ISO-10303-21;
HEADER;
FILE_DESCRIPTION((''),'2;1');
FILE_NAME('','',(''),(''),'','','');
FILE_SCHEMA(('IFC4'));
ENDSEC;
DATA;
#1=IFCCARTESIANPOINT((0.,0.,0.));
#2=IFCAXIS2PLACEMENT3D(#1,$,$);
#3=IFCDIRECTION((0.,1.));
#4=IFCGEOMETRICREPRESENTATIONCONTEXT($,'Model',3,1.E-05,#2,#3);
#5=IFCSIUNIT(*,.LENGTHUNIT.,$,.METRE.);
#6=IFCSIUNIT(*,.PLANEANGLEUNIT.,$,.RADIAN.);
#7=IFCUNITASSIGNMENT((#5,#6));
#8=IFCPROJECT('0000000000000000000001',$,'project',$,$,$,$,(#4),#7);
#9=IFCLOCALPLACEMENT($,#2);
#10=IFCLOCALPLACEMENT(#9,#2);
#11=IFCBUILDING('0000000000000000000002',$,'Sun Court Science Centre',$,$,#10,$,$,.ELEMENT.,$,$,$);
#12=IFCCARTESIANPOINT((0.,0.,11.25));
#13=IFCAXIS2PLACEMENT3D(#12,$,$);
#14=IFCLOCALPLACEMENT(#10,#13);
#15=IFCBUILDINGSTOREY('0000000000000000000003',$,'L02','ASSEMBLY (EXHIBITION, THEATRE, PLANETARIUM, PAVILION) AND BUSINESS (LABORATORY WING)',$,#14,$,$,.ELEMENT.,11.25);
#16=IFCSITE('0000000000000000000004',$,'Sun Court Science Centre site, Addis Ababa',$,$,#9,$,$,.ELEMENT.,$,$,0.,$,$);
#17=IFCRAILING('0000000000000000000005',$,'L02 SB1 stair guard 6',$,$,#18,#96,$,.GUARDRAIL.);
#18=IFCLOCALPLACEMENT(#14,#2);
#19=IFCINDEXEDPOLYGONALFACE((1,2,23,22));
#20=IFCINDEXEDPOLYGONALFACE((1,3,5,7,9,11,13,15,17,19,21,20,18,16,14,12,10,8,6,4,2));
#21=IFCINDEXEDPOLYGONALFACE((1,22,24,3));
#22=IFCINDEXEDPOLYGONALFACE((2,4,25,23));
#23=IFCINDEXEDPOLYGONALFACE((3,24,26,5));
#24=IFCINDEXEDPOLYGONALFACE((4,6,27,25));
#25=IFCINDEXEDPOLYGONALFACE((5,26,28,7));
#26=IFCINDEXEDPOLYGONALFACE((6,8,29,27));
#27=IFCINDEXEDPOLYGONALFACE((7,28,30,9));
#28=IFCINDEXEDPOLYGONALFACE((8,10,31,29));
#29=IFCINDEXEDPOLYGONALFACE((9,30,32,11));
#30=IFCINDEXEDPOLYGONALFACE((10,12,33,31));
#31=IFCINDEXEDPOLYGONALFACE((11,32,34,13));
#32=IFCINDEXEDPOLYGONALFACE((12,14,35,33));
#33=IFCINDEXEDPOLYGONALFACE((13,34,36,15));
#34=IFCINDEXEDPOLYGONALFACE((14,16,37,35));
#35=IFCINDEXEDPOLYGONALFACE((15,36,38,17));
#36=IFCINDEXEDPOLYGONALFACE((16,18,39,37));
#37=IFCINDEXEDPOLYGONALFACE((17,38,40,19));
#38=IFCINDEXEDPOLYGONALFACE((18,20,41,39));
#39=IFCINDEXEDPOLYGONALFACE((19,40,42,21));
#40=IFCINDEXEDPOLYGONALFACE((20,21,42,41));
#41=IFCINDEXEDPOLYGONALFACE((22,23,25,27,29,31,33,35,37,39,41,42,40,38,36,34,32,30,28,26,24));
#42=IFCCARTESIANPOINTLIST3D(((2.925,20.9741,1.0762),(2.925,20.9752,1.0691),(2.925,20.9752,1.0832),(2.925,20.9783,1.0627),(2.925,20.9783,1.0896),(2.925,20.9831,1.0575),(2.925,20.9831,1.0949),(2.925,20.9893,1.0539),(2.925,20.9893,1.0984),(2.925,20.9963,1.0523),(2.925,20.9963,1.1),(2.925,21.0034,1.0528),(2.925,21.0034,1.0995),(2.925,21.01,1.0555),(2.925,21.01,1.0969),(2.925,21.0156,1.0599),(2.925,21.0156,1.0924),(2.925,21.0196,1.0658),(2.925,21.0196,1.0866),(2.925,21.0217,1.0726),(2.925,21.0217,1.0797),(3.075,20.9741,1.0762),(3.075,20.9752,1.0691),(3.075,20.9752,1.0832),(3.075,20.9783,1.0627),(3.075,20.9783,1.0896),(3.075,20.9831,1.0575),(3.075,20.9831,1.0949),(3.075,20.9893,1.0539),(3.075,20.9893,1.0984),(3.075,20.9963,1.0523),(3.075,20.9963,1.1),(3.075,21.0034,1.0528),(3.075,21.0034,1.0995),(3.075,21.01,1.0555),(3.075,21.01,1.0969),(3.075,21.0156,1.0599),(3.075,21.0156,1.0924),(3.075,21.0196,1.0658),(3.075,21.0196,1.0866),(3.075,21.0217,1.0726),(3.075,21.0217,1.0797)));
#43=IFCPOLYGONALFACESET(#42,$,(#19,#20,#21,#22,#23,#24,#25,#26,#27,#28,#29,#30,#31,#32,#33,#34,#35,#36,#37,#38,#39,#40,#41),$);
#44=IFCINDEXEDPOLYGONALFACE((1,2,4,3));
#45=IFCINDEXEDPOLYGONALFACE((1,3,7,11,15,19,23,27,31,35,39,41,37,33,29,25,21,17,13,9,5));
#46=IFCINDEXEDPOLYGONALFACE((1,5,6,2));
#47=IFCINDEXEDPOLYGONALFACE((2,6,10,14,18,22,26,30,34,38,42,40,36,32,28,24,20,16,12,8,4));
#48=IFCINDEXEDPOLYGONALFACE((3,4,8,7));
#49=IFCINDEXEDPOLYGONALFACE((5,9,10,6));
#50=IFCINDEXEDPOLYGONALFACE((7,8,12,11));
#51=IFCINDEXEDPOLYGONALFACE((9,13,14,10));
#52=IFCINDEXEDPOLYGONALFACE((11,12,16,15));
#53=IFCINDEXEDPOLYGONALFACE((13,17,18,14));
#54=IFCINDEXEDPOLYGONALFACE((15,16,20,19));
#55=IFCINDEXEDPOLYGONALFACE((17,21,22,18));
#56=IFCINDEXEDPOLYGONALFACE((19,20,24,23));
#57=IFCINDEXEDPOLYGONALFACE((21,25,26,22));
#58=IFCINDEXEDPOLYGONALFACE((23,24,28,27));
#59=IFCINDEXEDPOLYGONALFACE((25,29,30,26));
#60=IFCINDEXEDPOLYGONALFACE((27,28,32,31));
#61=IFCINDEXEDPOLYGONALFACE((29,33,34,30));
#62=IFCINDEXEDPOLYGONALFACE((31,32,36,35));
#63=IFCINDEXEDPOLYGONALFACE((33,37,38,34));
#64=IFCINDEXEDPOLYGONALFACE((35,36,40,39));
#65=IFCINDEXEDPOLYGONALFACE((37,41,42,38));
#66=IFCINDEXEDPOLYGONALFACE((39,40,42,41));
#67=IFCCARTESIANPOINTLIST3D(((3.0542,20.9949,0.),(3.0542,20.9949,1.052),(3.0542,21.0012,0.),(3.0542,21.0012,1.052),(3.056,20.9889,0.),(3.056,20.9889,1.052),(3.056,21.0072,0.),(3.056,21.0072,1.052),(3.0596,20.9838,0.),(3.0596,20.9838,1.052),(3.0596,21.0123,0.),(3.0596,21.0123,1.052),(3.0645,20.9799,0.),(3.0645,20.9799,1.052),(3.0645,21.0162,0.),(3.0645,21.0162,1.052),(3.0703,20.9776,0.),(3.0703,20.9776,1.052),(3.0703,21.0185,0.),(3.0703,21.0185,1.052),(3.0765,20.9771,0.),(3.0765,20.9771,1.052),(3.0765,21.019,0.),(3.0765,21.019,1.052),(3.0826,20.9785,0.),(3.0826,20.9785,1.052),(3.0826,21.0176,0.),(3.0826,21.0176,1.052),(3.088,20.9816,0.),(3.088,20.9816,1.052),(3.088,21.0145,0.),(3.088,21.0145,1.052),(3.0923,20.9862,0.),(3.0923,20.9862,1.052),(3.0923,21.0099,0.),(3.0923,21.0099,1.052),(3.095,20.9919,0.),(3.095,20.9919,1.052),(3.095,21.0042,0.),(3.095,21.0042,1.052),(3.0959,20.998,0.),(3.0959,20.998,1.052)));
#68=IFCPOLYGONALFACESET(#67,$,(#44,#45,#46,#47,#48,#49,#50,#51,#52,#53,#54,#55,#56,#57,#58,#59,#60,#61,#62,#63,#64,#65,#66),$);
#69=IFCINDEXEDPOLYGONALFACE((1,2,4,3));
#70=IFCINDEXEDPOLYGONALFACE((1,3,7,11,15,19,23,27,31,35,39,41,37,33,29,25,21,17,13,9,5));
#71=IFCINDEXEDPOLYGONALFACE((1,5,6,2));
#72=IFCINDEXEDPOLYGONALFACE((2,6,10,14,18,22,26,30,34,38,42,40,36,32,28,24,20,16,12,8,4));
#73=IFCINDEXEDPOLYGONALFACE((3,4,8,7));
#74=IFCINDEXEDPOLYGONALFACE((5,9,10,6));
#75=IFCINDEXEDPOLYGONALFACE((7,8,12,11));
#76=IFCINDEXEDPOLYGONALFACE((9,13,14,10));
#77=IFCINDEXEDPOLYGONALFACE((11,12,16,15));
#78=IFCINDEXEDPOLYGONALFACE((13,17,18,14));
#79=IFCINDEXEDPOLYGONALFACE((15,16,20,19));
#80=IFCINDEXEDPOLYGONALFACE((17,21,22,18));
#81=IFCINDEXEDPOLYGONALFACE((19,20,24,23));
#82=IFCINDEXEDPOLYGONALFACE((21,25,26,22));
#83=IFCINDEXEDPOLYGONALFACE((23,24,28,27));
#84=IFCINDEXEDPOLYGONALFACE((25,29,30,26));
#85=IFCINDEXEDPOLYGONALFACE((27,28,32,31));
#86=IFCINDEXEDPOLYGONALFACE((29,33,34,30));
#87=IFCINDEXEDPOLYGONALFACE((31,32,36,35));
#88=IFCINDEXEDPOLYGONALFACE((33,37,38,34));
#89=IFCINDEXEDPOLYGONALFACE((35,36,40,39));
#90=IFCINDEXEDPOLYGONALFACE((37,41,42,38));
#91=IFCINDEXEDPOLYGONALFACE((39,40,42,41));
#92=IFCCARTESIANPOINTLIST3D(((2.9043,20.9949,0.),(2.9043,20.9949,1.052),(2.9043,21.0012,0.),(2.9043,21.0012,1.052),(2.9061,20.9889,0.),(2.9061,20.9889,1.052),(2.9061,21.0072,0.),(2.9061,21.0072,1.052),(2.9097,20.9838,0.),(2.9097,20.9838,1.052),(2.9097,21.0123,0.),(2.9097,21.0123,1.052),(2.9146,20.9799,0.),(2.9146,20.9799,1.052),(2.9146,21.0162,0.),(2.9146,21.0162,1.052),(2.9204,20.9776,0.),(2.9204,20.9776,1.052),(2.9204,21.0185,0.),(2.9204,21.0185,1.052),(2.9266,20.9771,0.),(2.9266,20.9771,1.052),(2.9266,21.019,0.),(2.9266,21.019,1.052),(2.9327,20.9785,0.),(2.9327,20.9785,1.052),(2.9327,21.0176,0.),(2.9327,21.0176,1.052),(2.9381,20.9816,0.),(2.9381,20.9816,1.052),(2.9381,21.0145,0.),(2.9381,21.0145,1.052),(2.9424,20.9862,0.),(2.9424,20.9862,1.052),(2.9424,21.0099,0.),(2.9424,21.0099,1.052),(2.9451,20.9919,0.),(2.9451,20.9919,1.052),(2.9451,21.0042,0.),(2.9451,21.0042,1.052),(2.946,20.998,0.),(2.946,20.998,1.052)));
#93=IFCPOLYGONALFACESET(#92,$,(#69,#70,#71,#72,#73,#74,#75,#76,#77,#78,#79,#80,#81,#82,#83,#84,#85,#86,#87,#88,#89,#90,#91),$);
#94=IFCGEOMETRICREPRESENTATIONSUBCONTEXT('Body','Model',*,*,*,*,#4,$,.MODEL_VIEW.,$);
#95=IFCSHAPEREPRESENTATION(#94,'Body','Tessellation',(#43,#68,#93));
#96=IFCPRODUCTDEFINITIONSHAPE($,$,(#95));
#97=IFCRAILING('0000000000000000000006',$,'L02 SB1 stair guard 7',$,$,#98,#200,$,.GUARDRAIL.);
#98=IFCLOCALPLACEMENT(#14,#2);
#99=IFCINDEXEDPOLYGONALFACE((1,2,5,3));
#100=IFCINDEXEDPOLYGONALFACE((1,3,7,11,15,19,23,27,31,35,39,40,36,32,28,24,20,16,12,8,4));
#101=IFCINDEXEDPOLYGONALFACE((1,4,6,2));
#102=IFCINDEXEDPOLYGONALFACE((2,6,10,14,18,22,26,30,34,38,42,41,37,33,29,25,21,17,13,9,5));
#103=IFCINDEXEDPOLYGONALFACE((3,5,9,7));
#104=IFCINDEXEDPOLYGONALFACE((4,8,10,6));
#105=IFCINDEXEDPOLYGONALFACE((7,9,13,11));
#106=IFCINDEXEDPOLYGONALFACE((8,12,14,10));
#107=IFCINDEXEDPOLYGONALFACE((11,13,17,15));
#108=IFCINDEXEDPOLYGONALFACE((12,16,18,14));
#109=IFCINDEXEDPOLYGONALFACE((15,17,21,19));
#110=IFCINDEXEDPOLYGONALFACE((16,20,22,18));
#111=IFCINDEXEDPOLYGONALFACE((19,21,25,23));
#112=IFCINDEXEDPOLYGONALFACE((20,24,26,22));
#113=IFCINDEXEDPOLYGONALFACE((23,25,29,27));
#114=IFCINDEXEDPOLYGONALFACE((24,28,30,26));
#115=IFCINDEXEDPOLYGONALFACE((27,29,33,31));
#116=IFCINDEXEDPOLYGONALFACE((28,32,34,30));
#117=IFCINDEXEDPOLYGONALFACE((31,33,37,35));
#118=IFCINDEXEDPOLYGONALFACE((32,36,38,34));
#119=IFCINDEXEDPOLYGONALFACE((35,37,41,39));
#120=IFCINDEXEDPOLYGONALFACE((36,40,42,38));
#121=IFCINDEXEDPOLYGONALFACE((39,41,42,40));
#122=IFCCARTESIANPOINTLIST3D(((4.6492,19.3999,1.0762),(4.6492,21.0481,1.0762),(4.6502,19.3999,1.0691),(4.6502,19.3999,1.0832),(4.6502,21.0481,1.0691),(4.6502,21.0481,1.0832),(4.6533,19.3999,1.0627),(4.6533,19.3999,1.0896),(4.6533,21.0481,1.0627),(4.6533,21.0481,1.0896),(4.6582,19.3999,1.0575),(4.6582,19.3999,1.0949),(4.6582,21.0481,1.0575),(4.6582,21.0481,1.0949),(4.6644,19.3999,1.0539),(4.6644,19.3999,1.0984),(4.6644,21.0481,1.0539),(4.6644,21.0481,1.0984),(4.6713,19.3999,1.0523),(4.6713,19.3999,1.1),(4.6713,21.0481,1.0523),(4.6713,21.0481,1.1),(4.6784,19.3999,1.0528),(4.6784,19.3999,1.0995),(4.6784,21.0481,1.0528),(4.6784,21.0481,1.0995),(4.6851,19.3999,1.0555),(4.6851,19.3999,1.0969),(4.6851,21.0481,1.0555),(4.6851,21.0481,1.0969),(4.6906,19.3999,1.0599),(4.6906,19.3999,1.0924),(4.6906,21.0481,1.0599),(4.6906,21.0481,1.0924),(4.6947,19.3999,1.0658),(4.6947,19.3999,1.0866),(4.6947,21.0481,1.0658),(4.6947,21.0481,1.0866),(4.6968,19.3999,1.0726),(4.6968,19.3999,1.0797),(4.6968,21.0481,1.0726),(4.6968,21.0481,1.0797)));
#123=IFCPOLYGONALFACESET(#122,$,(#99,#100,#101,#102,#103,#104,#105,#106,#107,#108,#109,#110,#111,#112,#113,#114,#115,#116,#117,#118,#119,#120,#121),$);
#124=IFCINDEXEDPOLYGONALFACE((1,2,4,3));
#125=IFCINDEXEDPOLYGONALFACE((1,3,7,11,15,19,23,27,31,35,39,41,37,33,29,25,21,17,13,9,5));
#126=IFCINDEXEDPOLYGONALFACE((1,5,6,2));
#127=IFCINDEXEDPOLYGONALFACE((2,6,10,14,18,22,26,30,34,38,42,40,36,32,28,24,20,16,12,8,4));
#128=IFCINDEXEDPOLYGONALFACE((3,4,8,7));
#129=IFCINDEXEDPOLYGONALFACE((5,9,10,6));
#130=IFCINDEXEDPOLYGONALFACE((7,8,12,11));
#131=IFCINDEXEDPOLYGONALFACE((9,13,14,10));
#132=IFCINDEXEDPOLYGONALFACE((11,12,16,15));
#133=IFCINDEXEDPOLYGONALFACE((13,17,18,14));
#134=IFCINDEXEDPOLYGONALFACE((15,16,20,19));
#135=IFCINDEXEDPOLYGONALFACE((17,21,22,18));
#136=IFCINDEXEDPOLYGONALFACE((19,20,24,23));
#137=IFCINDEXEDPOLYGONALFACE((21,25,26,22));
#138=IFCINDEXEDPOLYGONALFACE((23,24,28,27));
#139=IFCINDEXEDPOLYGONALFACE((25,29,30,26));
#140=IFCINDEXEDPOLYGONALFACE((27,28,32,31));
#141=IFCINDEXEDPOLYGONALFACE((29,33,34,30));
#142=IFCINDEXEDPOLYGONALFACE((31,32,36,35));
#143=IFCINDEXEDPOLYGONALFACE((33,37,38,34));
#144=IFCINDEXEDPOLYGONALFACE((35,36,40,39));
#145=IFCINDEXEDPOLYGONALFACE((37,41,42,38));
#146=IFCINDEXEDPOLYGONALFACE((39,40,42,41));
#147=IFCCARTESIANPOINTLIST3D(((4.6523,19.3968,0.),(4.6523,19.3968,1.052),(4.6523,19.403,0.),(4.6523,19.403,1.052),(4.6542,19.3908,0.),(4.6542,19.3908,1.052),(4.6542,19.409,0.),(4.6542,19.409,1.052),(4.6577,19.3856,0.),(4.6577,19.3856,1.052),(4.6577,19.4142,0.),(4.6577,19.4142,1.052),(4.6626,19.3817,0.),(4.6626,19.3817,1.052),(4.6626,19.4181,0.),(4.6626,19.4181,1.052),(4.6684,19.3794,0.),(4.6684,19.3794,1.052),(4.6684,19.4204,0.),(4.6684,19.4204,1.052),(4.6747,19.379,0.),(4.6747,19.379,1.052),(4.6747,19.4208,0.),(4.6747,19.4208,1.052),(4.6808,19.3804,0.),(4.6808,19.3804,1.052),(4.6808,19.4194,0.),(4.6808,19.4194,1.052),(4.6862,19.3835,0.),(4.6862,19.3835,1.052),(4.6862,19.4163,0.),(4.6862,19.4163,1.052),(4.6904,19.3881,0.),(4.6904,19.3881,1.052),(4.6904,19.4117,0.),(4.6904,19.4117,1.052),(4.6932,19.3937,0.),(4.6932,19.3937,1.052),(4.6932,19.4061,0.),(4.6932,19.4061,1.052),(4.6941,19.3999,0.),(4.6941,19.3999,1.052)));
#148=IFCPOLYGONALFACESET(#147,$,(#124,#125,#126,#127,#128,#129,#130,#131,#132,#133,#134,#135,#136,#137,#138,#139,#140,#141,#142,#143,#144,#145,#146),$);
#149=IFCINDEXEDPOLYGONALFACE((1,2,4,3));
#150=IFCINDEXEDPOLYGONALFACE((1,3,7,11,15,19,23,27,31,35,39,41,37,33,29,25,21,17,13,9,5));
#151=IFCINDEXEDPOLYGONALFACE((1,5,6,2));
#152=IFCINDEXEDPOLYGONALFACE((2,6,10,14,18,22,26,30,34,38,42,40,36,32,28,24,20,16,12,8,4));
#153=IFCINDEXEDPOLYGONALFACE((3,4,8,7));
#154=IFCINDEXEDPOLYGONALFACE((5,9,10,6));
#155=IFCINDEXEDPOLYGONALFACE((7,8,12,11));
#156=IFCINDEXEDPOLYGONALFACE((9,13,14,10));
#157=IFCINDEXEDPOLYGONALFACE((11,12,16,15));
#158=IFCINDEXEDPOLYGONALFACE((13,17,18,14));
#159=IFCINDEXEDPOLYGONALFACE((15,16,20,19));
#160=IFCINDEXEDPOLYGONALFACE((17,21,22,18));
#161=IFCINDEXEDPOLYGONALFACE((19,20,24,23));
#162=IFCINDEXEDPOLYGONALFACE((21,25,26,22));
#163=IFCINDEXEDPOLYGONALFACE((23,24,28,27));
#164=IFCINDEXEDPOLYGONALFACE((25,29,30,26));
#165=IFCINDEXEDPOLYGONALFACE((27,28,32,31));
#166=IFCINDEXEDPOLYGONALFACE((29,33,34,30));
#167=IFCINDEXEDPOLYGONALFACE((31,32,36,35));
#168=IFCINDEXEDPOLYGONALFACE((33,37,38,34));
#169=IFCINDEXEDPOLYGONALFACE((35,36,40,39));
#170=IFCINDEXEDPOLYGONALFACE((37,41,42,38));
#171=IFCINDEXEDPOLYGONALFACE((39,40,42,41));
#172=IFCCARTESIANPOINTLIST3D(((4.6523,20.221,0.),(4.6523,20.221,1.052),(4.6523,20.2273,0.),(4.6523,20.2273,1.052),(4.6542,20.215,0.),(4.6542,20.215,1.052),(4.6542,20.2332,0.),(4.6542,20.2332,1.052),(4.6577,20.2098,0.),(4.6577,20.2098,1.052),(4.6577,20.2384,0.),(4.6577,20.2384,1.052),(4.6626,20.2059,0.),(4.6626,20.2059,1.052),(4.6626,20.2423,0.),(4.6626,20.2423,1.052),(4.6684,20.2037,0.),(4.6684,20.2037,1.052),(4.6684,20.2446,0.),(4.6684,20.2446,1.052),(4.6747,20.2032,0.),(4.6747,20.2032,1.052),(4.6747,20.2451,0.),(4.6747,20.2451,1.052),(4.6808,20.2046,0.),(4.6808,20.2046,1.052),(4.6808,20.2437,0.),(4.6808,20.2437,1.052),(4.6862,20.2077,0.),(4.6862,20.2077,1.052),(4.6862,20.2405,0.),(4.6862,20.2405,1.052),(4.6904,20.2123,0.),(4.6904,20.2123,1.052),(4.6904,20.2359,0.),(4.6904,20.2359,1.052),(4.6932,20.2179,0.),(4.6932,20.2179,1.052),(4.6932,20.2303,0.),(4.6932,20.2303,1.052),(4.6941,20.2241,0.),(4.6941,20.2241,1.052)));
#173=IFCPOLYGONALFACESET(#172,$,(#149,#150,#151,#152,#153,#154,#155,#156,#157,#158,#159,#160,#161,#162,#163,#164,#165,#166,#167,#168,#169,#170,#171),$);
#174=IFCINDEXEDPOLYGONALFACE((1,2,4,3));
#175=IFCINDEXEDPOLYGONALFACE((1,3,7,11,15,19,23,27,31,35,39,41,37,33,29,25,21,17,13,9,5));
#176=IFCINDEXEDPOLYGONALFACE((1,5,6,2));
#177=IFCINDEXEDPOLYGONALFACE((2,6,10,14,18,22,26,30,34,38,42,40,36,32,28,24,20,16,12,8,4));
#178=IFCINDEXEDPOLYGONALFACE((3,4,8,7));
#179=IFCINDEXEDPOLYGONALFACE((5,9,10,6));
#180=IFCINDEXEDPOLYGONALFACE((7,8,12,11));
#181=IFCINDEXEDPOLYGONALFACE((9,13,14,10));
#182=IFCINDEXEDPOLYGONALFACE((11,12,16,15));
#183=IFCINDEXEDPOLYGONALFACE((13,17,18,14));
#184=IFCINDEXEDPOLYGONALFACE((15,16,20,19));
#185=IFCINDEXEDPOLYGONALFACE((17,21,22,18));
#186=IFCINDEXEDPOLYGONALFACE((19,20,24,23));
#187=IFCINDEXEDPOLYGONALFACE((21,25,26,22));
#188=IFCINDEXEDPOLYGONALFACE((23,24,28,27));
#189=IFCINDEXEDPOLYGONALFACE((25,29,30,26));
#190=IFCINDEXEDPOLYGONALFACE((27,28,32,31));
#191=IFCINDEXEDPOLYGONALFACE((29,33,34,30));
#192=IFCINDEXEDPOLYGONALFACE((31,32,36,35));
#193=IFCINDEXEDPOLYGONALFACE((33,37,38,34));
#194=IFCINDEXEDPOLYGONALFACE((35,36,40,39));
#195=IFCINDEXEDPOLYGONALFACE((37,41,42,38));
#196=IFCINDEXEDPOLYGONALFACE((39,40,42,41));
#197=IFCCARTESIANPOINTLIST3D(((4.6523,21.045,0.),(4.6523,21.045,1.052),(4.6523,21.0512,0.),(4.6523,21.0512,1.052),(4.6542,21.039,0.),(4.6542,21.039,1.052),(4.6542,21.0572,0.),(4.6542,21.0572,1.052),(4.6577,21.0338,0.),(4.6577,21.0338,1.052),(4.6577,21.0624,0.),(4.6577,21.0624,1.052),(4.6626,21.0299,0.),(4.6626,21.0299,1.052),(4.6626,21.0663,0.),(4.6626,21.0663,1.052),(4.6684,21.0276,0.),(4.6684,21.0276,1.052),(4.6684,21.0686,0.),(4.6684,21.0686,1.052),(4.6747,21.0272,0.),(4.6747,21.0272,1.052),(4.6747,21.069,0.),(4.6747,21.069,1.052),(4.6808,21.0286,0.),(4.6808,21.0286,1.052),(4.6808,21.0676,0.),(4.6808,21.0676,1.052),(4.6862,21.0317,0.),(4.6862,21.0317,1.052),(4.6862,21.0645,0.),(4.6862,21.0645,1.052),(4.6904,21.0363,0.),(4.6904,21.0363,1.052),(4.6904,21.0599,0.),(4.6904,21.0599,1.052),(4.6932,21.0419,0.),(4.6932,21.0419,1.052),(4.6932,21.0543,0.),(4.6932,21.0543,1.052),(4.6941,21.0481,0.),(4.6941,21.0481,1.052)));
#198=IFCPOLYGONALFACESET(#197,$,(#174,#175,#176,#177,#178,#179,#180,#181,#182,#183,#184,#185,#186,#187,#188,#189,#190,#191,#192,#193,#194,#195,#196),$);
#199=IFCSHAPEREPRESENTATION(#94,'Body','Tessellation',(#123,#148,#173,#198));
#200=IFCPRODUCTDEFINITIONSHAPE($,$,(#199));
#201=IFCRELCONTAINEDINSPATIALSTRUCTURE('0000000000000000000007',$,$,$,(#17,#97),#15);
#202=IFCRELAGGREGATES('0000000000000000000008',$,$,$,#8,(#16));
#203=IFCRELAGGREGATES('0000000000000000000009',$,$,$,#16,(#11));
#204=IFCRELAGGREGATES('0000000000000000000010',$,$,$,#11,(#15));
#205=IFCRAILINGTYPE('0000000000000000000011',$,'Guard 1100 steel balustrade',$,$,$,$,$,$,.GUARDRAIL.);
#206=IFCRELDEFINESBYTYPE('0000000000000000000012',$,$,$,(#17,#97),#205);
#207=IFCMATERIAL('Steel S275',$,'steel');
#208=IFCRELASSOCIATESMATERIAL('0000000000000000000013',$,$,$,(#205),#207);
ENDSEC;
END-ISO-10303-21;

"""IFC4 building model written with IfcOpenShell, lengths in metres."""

from ifc_helpers import new_model, si_unit, direction, frame, origin, origin_2d, place, context, subcontext, project, spatial, circle, extrude, material, type_object, element, save


model = new_model("IFC4")

# Units and contexts
model_context = context("Model", 3, precision=1e-05, world=origin(), true_north=direction((0.0, 1.0)))
body_context = subcontext(model_context, "Body", "Model", "MODEL_VIEW")
ifc_project = project(units=[si_unit("LENGTHUNIT", "METRE"), si_unit("PLANEANGLEUNIT", "RADIAN")], contexts=[model_context])

# Site, building, storey
site_placement = place(None, origin())
site = spatial("IfcSite", under=ifc_project, at=site_placement, Name="Sun Court Science Centre site, Addis Ababa", CompositionType="ELEMENT", RefElevation=0.0)
building_placement = place(site_placement, origin())
building = spatial("IfcBuilding", under=site, at=building_placement, Name="Sun Court Science Centre", CompositionType="ELEMENT")
storey_placement = place(building_placement, frame((0.0, 0.0, 11.25)))
storey = spatial("IfcBuildingStorey", under=building, at=storey_placement, Name="L02", Description="ASSEMBLY (EXHIBITION, THEATRE, PLANETARIUM, PAVILION) AND BUSINESS (LABORATORY WING)", CompositionType="ELEMENT", Elevation=11.25)

# Railings
ifc_material_1 = material(Name="Steel S275", Category="steel")
railing_type_1 = type_object("IfcRailingType", Name="Guard 1100 steel balustrade", PredefinedType="GUARDRAIL", material=ifc_material_1)
railing_1_placement = place(storey_placement, frame((3.075, 20.998, 0.0)))
element("IfcRailing", 1, at=railing_1_placement, inside=storey, type_object=railing_type_1, Name="L02 SB1 stair guard 6", PredefinedType="GUARDRAIL", context=body_context, shape_type="SweptSolid", body=[
    extrude(circle(Radius=0.0239, at=origin_2d()), frame((0.0, 0.0, 1.0762), z_axis=(-1.0, 0.0, 0.0), x_axis=(0.0, -1.0, 0.0)), (0.0, 0.0, 1.0), 0.1499),
    extrude(circle(Radius=0.021, at=origin_2d()), origin(), (0.0, 0.0, 1.0), 1.052),
    extrude(circle(Radius=0.021, at=origin_2d()), frame((-0.1499, 0.0, 0.0)), (0.0, 0.0, 1.0), 1.052),
])
for number, where, name in (
    (2, (4.6731, 19.3999, 0.0), "L02 SB1 stair guard 7"),
):
    element("IfcRailing", number, at=place(storey_placement, frame(where)), inside=storey, type_object=railing_type_1, Name=name, PredefinedType="GUARDRAIL", context=body_context, shape_type="SweptSolid", body=[
        extrude(circle(Radius=0.0239, at=origin_2d()), frame((0.0, 0.0, 1.0762), z_axis=(0.0, 1.0, 0.0), x_axis=(-1.0, 0.0, 0.0)), (0.0, 0.0, 1.0), 1.6482),
        extrude(circle(Radius=0.021, at=origin_2d()), origin(), (0.0, 0.0, 1.0), 1.052),
        extrude(circle(Radius=0.021, at=origin_2d()), frame((0.0, 0.8242, 0.0)), (0.0, 0.0, 1.0), 1.052),
        extrude(circle(Radius=0.021, at=origin_2d()), frame((0.0, 1.6482, 0.0)), (0.0, 0.0, 1.0), 1.052),
    ])

save(model, "model.ifc")
